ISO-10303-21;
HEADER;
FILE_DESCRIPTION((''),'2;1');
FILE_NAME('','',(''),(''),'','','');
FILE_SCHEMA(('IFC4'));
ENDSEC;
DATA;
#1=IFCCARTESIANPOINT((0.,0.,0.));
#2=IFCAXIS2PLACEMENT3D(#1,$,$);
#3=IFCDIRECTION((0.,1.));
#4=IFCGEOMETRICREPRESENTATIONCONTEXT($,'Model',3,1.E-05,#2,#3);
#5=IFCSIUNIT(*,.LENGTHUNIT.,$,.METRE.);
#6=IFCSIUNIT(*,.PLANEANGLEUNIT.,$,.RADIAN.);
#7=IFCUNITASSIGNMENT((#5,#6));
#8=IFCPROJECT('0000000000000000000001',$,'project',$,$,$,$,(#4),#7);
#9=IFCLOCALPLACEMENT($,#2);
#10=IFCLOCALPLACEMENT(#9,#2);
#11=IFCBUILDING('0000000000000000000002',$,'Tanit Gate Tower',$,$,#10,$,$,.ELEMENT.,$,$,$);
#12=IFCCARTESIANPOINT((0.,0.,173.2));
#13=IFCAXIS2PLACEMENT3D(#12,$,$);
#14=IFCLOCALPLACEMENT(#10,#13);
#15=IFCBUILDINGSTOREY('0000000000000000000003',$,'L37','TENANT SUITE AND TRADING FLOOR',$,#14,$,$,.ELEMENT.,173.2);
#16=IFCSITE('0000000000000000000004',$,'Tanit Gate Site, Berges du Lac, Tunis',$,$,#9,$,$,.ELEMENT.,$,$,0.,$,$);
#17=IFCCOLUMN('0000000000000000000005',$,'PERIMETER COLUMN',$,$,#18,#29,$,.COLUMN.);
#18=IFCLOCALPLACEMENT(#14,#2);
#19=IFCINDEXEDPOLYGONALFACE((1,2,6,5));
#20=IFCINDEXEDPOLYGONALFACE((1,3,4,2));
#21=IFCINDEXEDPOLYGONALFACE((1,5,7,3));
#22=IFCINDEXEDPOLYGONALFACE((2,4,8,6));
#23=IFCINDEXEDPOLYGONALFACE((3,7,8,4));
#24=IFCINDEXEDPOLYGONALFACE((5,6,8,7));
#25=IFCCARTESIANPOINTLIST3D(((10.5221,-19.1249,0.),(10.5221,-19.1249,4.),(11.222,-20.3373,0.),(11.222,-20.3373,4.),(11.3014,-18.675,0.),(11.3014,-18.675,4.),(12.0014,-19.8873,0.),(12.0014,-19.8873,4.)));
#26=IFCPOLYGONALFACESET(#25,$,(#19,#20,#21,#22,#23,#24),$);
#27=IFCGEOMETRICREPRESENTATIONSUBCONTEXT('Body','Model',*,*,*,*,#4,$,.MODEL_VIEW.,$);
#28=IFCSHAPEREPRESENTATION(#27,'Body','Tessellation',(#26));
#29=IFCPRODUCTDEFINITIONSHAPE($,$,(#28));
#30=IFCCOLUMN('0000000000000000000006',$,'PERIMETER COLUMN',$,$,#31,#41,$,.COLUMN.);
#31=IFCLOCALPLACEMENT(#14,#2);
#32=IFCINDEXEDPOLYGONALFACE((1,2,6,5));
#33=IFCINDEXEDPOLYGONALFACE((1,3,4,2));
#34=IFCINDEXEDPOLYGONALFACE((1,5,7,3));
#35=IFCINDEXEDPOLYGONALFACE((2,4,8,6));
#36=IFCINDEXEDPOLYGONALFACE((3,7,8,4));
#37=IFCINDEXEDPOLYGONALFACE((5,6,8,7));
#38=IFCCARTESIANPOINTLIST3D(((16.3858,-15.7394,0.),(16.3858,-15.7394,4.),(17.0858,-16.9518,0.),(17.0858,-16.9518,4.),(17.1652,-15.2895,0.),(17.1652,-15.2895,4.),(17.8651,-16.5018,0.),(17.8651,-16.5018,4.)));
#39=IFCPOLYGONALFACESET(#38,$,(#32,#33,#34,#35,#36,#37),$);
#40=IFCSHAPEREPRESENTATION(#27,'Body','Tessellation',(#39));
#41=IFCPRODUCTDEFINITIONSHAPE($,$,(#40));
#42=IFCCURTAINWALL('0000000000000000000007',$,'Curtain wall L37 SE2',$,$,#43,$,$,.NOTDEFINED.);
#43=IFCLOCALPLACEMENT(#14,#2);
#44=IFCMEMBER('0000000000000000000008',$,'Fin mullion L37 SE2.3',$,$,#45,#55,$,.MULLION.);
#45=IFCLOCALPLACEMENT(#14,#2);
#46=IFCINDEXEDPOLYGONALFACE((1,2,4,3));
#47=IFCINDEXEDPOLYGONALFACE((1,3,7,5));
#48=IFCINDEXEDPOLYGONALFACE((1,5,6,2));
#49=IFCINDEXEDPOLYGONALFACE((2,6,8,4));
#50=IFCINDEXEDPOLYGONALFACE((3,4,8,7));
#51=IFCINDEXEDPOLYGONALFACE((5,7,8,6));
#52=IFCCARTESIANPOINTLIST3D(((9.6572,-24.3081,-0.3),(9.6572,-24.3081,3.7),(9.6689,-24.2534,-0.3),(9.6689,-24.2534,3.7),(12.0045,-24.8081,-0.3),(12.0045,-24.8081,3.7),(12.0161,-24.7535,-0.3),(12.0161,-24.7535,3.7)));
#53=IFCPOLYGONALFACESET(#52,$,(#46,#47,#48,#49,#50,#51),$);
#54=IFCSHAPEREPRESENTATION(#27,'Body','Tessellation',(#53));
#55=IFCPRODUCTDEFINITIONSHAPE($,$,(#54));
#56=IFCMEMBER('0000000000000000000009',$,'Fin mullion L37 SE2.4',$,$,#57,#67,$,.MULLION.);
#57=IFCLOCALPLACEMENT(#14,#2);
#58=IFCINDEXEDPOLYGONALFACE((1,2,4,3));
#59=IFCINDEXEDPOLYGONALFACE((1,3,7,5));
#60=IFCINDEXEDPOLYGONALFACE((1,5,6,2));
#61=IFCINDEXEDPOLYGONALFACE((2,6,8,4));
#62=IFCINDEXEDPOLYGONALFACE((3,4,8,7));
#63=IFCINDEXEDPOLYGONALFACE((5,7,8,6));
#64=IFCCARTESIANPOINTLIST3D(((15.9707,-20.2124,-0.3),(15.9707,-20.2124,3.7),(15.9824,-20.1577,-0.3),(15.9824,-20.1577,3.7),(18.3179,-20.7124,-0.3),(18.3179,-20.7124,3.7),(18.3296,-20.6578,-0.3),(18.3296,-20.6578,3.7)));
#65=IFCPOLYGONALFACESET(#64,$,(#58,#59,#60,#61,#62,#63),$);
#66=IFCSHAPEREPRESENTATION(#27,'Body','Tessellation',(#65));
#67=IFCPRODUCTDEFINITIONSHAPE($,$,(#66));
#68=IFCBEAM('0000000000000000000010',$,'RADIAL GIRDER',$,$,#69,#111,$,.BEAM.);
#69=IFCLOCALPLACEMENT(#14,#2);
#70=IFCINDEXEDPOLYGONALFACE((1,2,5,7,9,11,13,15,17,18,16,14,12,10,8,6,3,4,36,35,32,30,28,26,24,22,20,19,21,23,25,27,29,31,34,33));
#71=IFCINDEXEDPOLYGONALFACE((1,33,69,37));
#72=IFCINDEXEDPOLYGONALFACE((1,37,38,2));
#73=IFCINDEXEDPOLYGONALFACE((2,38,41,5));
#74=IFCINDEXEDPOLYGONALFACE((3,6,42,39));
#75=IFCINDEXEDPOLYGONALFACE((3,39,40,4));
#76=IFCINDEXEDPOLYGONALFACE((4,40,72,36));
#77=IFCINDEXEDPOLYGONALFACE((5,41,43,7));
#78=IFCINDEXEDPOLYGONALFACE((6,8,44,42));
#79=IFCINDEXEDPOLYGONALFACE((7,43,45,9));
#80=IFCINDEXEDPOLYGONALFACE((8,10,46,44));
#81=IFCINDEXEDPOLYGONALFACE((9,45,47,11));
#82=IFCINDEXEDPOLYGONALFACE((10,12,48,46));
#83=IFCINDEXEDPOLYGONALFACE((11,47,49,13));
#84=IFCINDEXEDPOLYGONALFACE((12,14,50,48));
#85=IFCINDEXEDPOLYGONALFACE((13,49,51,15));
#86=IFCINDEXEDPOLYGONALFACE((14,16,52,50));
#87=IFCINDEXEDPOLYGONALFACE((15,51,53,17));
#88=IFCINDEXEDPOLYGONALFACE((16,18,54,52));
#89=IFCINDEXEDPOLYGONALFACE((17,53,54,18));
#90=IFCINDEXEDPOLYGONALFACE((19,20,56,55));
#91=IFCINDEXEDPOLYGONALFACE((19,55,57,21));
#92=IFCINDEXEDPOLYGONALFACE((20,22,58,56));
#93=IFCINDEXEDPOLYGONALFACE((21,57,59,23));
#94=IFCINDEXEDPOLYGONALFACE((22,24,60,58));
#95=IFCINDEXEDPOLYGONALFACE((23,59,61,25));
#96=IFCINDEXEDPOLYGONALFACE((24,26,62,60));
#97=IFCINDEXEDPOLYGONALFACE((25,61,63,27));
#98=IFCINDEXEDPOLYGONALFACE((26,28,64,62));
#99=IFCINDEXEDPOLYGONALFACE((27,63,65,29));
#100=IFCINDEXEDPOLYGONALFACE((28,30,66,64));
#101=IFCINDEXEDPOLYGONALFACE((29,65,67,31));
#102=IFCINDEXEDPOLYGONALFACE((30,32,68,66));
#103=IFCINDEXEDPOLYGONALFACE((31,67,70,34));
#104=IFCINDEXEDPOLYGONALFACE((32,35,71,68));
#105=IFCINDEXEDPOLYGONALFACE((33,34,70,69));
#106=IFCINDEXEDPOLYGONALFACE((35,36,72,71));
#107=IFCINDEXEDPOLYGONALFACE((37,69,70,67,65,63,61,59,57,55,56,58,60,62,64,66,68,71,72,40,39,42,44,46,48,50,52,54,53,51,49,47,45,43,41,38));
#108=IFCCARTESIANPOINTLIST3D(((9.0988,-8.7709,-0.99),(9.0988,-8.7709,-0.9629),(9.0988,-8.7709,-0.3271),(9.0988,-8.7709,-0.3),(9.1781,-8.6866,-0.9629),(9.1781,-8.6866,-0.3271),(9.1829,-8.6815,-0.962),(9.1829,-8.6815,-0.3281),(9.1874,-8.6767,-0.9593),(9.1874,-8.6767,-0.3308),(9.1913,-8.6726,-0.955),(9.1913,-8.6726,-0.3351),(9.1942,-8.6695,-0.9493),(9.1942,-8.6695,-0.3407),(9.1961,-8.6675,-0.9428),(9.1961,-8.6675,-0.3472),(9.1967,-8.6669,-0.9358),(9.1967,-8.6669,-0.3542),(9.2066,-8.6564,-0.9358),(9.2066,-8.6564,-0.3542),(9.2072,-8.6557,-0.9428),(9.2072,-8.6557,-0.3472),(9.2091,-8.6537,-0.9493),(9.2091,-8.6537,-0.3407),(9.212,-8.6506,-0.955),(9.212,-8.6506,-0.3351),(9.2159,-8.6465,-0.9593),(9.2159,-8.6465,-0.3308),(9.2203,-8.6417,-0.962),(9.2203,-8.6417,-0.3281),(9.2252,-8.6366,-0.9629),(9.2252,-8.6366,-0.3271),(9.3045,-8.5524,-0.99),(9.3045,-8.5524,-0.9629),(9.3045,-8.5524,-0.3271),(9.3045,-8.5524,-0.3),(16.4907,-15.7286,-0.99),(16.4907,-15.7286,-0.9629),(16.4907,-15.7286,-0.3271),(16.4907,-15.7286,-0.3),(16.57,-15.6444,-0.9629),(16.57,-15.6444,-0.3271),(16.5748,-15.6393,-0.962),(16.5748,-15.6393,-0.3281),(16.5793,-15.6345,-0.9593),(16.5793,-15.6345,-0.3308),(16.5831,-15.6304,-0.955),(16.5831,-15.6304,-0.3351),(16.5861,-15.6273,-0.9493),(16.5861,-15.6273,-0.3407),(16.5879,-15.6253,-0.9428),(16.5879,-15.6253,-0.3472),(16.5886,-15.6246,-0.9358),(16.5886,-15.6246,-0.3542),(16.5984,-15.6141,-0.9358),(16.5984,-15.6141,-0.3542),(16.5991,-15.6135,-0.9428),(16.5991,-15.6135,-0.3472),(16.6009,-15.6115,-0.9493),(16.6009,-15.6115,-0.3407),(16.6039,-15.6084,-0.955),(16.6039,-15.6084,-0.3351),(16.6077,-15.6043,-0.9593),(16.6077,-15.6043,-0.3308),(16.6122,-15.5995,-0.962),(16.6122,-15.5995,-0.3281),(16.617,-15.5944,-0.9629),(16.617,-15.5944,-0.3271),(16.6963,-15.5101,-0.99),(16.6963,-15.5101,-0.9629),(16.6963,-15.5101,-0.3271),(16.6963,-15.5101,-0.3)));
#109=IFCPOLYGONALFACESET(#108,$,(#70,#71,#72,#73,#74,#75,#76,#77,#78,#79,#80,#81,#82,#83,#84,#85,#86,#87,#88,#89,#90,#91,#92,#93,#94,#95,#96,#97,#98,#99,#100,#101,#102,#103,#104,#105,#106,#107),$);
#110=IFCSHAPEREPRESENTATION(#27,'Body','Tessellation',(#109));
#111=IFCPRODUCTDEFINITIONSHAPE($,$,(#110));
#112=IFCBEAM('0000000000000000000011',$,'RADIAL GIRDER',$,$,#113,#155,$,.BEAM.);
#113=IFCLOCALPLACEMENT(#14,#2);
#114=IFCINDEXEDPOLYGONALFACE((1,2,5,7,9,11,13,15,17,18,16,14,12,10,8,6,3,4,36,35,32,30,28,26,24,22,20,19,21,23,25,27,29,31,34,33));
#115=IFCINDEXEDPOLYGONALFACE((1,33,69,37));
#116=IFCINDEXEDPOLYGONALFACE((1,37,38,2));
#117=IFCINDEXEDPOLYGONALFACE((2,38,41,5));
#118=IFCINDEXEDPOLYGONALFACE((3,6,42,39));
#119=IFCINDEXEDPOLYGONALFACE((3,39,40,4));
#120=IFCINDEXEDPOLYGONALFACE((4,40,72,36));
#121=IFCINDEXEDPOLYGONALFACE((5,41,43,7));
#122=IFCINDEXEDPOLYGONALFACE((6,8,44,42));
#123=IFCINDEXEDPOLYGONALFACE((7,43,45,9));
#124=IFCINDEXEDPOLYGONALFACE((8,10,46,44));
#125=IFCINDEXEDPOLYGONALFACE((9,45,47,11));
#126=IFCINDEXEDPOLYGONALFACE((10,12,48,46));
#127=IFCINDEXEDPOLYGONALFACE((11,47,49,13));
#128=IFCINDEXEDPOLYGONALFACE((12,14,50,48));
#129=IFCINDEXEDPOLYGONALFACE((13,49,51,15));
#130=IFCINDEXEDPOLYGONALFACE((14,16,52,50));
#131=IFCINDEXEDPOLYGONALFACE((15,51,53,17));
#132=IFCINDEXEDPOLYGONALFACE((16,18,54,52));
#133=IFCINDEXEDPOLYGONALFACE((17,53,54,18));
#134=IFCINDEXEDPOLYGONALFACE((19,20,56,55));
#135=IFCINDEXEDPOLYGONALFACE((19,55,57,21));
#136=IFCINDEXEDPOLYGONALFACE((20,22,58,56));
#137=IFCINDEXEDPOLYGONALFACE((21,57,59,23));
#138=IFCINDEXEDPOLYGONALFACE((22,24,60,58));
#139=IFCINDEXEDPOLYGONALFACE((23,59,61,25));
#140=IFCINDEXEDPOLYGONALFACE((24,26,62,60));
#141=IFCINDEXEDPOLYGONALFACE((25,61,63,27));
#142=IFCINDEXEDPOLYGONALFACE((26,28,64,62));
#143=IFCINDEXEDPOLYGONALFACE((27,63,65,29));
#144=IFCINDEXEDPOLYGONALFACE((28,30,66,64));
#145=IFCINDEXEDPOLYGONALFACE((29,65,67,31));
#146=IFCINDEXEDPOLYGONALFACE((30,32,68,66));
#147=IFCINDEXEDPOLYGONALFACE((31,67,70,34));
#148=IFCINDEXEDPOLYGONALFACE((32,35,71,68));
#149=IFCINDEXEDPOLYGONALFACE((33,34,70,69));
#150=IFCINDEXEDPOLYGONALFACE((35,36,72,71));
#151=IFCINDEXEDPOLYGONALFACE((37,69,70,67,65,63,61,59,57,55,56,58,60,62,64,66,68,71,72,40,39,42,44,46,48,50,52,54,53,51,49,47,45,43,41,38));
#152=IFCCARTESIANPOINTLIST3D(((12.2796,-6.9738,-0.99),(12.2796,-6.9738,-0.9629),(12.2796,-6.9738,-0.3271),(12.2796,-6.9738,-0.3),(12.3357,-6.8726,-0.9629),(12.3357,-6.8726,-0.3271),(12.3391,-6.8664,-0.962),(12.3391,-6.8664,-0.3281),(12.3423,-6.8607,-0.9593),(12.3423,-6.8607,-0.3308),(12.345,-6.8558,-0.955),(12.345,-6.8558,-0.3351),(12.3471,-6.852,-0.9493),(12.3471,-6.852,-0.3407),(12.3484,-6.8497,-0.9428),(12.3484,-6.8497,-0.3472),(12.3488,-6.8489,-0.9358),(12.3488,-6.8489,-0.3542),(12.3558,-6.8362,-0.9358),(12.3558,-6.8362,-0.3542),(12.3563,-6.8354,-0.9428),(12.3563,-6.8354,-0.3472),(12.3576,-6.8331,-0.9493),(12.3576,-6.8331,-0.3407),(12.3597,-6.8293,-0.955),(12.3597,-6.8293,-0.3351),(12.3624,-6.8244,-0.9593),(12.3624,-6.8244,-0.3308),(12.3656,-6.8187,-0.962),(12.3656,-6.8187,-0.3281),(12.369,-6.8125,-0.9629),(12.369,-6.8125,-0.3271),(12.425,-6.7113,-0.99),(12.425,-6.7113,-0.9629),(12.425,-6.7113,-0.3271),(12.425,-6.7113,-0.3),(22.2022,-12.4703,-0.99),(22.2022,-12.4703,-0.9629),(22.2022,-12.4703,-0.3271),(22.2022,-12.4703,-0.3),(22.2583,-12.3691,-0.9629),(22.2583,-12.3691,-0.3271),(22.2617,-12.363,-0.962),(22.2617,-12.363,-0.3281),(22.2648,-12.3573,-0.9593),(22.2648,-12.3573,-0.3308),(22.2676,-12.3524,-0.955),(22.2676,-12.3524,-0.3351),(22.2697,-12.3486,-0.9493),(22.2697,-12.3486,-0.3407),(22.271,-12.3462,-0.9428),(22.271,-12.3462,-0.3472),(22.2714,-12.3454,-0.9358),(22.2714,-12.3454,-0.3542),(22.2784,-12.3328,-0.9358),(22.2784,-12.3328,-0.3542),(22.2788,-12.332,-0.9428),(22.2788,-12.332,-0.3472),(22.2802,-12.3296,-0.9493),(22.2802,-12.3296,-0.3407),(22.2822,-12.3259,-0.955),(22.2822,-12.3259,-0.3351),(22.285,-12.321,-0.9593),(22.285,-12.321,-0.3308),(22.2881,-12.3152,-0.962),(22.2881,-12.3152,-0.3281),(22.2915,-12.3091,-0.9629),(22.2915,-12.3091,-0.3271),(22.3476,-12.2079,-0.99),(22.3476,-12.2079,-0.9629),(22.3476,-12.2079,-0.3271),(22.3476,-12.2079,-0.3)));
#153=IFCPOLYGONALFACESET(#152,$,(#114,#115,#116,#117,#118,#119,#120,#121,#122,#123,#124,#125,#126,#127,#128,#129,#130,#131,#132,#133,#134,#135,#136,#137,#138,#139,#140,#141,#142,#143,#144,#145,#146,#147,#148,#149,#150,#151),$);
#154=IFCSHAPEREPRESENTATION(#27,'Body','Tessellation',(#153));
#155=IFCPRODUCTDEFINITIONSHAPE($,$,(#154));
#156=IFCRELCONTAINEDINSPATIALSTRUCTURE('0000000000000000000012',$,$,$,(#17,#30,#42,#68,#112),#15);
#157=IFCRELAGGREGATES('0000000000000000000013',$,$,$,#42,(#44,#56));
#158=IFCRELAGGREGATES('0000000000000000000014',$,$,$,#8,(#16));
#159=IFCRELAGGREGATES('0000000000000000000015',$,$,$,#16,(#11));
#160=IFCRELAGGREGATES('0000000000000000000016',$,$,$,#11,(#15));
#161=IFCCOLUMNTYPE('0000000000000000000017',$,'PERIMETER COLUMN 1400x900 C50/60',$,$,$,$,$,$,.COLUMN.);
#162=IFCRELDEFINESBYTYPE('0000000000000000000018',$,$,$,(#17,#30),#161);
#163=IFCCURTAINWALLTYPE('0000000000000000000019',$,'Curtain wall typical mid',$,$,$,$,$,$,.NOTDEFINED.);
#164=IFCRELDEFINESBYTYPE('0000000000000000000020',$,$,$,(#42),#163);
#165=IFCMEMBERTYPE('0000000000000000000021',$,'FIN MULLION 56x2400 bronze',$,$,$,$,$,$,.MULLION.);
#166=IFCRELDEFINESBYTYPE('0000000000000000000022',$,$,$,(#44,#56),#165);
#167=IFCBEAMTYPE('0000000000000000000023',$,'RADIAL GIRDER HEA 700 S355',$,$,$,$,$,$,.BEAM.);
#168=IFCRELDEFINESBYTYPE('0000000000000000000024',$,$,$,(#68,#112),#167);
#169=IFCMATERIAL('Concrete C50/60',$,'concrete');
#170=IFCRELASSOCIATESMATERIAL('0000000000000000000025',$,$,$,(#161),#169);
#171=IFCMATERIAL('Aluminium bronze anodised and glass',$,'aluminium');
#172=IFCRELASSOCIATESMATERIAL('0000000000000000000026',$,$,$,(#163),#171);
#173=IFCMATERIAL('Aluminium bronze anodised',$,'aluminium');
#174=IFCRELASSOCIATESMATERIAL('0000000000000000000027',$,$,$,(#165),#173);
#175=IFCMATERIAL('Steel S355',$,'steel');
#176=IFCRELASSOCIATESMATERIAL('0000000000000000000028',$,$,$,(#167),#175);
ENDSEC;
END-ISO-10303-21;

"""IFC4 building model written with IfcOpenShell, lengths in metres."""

from ifc_helpers import new_model, si_unit, direction, frame, origin, origin_2d, place, context, subcontext, project, spatial, rectangle, i_section, extrude, material, material_profile, profile_set, type_object, element, aggregate, save


model = new_model("IFC4")

# Units and contexts
model_context = context("Model", 3, precision=1e-05, world=origin(), true_north=direction((0.0, 1.0)))
body_context = subcontext(model_context, "Body", "Model", "MODEL_VIEW")
ifc_project = project(units=[si_unit("LENGTHUNIT", "METRE"), si_unit("PLANEANGLEUNIT", "RADIAN")], contexts=[model_context])

# Site, building, storey
site_placement = place(None, origin())
site = spatial("IfcSite", under=ifc_project, at=site_placement, Name="Tanit Gate Site, Berges du Lac, Tunis", CompositionType="ELEMENT", RefElevation=0.0)
building_placement = place(site_placement, origin())
building = spatial("IfcBuilding", under=site, at=building_placement, Name="Tanit Gate Tower", CompositionType="ELEMENT")
storey_placement = place(building_placement, frame((0.0, 0.0, 173.2)))
storey = spatial("IfcBuildingStorey", under=building, at=storey_placement, Name="L37", Description="TENANT SUITE AND TRADING FLOOR", CompositionType="ELEMENT", Elevation=173.2)

# Columns
ifc_material_1 = material(Name="Concrete C50/60", Category="concrete")
ifc_material_profile_1 = material_profile(ifc_material_1, rectangle(XDim=1.3999, YDim=0.8999, at=origin_2d()), Name="RC 1400x900")
ifc_profile_set_1 = profile_set([ifc_material_profile_1], Name="Concrete C50/60")
column_type = type_object("IfcColumnType", Name="PERIMETER COLUMN 1400x900 C50/60", PredefinedType="COLUMN", material=ifc_profile_set_1)
for number, where, z_axis, x_axis, name in (
    (1, (11.2617, -19.5061, 0.0), (0.0, 0.0, 1.0), (0.5, -0.866025, 0.0), "PERIMETER COLUMN"),
    (2, (17.1255, -16.1206, 0.0), (0.0, 0.0, 1.0), (0.5, -0.866025, 0.0), "PERIMETER COLUMN"),
):
    element("IfcColumn", number, at=place(storey_placement, frame(where, z_axis=z_axis, x_axis=x_axis)), inside=storey, type_object=column_type, Name=name, PredefinedType="COLUMN", context=body_context, shape_type="SweptSolid", body=[
        extrude(rectangle(XDim=1.3999, YDim=0.8999, at=origin_2d()), origin(), (0.0, 0.0, 1.0), 4.0),
    ])

# Curtain wall, members
ifc_material_2 = material(Name="Aluminium bronze anodised and glass", Category="aluminium")
curtain_wall_type = type_object("IfcCurtainWallType", Name="Curtain wall typical mid", PredefinedType="NOTDEFINED", material=ifc_material_2)
curtain_wall_placement = place(storey_placement, origin())
curtain_wall = element("IfcCurtainWall", 3, at=curtain_wall_placement, inside=storey, type_object=curtain_wall_type, Name="Curtain wall L37 SE2", PredefinedType="NOTDEFINED")
ifc_material_3 = material(Name="Aluminium bronze anodised", Category="aluminium")
ifc_material_profile_2 = material_profile(ifc_material_3, rectangle(XDim=2.3999, YDim=0.0559, at=origin_2d()), Name="56x2400 bronze fin mullion")
ifc_profile_set_2 = profile_set([ifc_material_profile_2], Name="Aluminium bronze anodised")
member_type_1 = type_object("IfcMemberType", Name="FIN MULLION 56x2400 bronze", PredefinedType="MULLION", material=ifc_profile_set_2)
member_1_placement = place(storey_placement, frame((10.8367, -24.5308, -0.3), z_axis=(0.0, 0.0, 1.0), x_axis=(-0.978049, 0.208373, 0.0)))
member_1 = element("IfcMember", 4, at=member_1_placement, type_object=member_type_1, Name="Fin mullion L37 SE2.3", PredefinedType="MULLION", context=body_context, shape_type="SweptSolid", body=[
    extrude(rectangle(XDim=2.3999, YDim=0.0559, at=origin_2d()), origin(), (0.0, 0.0, 1.0), 4.0),
])
member_2_placement = place(storey_placement, frame((17.1501, -20.4351, -0.3), z_axis=(0.0, 0.0, 1.0), x_axis=(-0.978049, 0.208373, 0.0)))
member_2 = element("IfcMember", 5, at=member_2_placement, type_object=member_type_1, Name="Fin mullion L37 SE2.4", PredefinedType="MULLION", context=body_context, shape_type="SweptSolid", body=[
    extrude(rectangle(XDim=2.3999, YDim=0.0559, at=origin_2d()), origin(), (0.0, 0.0, 1.0), 4.0),
])

# Beams
ifc_material_4 = material(Name="Steel S355", Category="steel")
ifc_material_profile_3 = material_profile(ifc_material_4, i_section(OverallWidth=0.3, OverallDepth=0.6899, WebThickness=0.0144, FlangeThickness=0.0271, FilletRadius=0.0271, at=origin_2d()), Name="HEA 700")
ifc_profile_set_3 = profile_set([ifc_material_profile_3], Name="Steel S355")
beam_type_1 = type_object("IfcBeamType", Name="RADIAL GIRDER HEA 700 S355", PredefinedType="BEAM", material=ifc_profile_set_3)
beam_1_placement = place(storey_placement, frame((16.5935, -15.6194, -0.645), z_axis=(-0.728164, 0.685403, 0.0), x_axis=(-0.685403, -0.728164, 0.0)))
element("IfcBeam", 6, at=beam_1_placement, inside=storey, type_object=beam_type_1, Name="RADIAL GIRDER", PredefinedType="BEAM", context=body_context, shape_type="SweptSolid", body=[
    extrude(i_section(OverallWidth=0.3, OverallDepth=0.6899, WebThickness=0.0144, FlangeThickness=0.0271, FilletRadius=0.0271, at=origin_2d()), origin(), (0.0, 0.0, 1.0), 10.1514),
])
beam_2_placement = place(storey_placement, frame((22.2749, -12.3391, -0.645), z_axis=(-0.874755, 0.484566, 0.0), x_axis=(-0.484566, -0.874755, 0.0)))
element("IfcBeam", 7, at=beam_2_placement, inside=storey, type_object=beam_type_1, Name="RADIAL GIRDER", PredefinedType="BEAM", context=body_context, shape_type="SweptSolid", body=[
    extrude(i_section(OverallWidth=0.3, OverallDepth=0.6899, WebThickness=0.0144, FlangeThickness=0.0271, FilletRadius=0.0271, at=origin_2d()), origin(), (0.0, 0.0, 1.0), 11.3433),
])

aggregate(curtain_wall, [member_1, member_2])

save(model, "model.ifc")
